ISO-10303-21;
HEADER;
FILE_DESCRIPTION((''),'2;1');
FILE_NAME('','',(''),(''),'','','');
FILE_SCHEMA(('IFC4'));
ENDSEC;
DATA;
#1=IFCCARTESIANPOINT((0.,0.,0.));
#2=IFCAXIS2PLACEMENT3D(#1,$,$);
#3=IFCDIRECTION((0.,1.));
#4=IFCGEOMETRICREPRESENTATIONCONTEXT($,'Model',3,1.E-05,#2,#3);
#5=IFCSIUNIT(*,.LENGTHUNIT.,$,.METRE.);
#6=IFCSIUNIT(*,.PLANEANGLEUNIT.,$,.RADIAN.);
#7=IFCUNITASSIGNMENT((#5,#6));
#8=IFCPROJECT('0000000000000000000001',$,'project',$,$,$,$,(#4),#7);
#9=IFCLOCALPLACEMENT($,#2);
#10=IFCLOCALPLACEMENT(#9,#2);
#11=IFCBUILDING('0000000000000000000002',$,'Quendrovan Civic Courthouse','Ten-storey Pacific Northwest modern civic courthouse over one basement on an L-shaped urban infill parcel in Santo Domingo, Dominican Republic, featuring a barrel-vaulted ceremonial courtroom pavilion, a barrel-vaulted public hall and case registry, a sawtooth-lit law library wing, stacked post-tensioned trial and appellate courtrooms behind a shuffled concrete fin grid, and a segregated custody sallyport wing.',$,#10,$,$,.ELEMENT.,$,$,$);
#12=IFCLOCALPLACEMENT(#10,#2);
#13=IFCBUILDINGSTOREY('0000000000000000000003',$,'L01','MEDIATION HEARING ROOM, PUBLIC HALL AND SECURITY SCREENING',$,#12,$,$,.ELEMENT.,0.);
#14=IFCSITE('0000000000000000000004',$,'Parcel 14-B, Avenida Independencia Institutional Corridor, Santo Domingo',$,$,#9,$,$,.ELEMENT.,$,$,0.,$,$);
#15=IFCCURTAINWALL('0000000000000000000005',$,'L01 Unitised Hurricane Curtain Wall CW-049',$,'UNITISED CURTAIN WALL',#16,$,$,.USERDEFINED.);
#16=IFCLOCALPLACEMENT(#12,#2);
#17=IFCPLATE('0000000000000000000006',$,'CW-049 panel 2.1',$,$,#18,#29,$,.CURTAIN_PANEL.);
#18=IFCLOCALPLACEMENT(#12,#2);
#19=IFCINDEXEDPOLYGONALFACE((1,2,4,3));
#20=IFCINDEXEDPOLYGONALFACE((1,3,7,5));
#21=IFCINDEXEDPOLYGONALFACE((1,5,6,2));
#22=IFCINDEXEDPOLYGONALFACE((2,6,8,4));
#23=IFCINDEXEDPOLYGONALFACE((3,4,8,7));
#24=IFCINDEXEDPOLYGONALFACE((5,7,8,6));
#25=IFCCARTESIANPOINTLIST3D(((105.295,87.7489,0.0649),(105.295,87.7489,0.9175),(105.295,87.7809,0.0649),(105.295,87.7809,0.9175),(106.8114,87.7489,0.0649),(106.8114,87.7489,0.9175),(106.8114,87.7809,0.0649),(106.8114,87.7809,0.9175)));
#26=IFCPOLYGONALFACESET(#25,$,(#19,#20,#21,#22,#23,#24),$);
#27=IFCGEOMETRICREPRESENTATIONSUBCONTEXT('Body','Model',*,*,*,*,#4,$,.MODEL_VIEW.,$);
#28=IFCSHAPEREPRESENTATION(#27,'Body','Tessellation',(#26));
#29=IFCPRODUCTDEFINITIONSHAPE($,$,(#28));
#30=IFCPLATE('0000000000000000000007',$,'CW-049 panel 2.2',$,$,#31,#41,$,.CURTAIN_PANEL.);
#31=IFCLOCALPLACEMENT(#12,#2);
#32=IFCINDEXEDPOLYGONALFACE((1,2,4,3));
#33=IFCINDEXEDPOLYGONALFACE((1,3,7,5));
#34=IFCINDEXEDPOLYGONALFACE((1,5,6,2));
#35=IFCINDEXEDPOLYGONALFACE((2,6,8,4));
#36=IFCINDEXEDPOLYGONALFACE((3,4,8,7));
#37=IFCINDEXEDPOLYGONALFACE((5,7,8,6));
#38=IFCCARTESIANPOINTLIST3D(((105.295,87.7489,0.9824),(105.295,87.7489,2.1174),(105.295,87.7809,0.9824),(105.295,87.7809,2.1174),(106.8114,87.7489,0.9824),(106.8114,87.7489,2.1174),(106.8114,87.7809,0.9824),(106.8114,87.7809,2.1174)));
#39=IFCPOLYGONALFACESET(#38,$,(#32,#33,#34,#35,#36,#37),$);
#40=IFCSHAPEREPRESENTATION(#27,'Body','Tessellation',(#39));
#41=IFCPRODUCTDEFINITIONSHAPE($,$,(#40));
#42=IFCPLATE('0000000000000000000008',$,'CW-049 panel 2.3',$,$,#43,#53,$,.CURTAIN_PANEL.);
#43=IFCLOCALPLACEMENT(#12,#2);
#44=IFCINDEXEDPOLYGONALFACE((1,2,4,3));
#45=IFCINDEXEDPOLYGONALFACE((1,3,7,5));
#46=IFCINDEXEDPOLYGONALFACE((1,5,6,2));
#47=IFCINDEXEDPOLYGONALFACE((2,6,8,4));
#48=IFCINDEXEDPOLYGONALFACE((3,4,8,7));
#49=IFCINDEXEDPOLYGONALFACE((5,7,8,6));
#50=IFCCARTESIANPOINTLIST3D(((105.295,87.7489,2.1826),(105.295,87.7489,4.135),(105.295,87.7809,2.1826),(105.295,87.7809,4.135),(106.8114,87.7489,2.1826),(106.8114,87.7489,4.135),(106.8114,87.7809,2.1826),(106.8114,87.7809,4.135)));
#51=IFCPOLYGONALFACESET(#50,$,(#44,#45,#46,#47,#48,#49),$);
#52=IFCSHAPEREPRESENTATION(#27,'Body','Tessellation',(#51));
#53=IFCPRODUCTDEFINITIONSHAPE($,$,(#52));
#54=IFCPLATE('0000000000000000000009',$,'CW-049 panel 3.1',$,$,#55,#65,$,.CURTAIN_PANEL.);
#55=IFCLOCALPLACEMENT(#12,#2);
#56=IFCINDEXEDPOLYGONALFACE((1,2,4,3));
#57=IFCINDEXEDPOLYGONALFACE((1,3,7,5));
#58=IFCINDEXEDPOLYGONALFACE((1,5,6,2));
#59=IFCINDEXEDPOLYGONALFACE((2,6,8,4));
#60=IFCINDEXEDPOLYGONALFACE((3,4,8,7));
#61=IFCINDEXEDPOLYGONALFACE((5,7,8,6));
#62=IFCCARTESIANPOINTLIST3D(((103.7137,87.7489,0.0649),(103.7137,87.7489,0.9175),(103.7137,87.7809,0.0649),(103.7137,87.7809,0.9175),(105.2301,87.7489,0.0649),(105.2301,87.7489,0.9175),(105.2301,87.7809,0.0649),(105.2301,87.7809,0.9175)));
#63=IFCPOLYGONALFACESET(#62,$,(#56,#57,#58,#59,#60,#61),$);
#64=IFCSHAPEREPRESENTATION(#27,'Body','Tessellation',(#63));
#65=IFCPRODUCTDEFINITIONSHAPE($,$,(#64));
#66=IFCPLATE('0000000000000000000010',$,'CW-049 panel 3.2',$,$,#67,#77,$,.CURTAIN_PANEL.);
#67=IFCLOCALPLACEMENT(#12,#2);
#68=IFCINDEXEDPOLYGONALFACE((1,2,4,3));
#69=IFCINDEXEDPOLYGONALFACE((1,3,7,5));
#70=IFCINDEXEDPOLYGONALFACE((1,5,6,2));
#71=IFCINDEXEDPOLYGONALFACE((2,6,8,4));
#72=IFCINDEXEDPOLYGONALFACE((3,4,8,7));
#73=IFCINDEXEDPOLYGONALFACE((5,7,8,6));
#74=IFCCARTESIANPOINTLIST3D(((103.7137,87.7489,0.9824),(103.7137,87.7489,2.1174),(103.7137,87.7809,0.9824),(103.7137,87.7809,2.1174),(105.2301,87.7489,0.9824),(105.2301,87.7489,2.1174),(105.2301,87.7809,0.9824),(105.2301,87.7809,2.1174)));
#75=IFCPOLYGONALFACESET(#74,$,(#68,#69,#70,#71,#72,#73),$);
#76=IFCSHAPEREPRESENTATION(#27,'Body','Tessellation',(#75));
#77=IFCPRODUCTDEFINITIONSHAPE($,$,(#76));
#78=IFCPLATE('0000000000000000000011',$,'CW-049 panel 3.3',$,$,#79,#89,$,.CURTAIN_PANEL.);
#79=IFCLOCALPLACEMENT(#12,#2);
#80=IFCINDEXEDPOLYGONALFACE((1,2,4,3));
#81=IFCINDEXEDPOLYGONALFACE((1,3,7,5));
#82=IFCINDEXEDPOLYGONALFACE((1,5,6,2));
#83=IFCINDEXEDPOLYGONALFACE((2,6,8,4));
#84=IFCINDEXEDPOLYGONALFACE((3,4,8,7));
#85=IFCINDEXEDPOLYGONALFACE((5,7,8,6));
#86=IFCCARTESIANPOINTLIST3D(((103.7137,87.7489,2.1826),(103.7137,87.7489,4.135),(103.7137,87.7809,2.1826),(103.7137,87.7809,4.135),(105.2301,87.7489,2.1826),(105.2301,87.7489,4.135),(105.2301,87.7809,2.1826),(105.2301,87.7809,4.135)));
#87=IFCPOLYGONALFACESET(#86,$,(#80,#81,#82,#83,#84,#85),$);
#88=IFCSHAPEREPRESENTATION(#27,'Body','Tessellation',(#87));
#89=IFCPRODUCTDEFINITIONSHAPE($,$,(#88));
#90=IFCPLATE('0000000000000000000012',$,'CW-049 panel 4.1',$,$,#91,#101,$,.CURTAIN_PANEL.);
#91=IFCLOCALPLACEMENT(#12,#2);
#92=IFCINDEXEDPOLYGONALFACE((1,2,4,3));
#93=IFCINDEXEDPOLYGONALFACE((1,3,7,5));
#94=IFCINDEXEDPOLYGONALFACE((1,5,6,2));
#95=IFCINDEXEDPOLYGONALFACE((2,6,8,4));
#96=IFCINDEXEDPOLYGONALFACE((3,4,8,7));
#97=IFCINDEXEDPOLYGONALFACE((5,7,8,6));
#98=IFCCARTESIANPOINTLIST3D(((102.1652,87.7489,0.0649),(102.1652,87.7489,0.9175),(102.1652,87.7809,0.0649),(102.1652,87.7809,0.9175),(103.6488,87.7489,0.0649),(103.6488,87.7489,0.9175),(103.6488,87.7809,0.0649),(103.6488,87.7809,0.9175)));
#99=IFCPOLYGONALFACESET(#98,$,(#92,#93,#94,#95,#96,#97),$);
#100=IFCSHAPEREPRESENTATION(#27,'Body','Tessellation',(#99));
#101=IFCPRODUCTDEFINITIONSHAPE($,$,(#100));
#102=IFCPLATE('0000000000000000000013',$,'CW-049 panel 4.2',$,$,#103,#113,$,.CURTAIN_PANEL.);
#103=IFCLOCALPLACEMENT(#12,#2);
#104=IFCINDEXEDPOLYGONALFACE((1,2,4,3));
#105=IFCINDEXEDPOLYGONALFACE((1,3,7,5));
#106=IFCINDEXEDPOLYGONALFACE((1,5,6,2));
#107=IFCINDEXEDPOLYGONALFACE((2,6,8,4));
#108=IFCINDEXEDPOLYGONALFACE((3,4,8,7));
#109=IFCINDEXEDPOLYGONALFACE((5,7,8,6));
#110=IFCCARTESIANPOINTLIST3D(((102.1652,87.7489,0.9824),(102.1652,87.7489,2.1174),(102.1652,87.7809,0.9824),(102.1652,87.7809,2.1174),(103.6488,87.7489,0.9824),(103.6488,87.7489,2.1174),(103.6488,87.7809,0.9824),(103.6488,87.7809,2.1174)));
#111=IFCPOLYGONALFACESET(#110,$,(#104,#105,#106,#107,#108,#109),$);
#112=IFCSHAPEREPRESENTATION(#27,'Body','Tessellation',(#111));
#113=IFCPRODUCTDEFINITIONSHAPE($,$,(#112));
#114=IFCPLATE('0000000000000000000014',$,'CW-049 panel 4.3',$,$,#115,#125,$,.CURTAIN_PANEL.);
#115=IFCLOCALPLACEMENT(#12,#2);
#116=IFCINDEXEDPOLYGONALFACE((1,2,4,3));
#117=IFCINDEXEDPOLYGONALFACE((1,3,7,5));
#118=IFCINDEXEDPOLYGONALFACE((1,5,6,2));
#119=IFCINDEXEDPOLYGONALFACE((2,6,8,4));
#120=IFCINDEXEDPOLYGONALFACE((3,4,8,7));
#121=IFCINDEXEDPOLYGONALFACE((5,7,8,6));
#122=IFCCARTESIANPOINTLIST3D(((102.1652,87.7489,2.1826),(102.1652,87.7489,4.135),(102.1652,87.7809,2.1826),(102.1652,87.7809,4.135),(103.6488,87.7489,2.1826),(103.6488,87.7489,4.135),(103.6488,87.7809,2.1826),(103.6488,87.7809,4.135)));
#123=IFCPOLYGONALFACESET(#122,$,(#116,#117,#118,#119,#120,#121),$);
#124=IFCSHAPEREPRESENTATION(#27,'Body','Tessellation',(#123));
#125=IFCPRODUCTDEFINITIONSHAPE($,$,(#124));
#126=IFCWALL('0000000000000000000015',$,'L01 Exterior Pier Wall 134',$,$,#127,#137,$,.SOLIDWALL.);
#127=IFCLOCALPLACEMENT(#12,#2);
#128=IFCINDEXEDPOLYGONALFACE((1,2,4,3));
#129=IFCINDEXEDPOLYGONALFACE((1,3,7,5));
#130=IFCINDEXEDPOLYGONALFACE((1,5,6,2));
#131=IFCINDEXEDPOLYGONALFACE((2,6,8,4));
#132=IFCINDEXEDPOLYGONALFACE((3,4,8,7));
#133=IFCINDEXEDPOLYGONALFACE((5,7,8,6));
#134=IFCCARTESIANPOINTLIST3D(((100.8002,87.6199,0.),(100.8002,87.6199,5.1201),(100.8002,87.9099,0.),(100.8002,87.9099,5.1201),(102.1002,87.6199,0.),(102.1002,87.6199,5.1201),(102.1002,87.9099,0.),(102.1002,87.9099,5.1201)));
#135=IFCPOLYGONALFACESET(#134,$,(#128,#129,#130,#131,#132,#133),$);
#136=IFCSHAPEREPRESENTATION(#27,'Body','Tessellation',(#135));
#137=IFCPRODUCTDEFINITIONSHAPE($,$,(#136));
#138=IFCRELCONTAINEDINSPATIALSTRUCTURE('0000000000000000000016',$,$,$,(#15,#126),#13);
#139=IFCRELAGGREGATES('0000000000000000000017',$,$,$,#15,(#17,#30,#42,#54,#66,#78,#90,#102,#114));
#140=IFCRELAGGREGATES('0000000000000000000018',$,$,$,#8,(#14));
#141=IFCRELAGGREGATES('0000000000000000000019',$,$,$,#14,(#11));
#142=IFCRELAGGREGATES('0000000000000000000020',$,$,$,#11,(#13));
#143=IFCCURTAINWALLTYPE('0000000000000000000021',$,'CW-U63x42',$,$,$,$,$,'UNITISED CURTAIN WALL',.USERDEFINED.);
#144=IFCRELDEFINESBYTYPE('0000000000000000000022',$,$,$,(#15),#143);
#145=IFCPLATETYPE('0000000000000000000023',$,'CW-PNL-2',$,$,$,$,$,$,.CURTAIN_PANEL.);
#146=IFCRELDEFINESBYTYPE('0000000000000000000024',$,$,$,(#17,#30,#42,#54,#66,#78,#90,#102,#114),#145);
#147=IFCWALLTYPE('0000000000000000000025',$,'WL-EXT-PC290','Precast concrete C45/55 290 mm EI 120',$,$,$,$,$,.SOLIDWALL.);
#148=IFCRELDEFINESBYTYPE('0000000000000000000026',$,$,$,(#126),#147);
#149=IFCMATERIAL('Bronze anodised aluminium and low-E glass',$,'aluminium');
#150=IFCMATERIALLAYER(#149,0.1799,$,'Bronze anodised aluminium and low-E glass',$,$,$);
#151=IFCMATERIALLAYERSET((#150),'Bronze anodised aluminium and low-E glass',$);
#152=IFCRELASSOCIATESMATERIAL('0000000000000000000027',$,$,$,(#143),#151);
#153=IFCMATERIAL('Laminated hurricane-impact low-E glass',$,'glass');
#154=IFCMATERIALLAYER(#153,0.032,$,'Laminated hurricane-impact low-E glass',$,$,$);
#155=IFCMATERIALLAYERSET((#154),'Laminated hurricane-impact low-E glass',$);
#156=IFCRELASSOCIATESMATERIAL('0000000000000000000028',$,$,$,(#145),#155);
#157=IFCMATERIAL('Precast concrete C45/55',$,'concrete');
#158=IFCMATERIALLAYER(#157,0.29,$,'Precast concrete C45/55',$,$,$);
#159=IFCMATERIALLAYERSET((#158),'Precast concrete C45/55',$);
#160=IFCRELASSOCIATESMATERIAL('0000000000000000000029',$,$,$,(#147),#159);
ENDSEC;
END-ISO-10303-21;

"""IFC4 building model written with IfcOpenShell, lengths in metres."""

from ifc_helpers import new_model, si_unit, direction, frame, frame_2d, origin, origin_2d, place, context, subcontext, project, spatial, rectangle, extrude, material, layer, layer_set, type_object, element, aggregate, save


model = new_model("IFC4")

# Units and contexts
model_context = context("Model", 3, precision=1e-05, world=origin(), true_north=direction((0.0, 1.0)))
body_context = subcontext(model_context, "Body", "Model", "MODEL_VIEW")
ifc_project = project(units=[si_unit("LENGTHUNIT", "METRE"), si_unit("PLANEANGLEUNIT", "RADIAN")], contexts=[model_context])

# Site, building, storey
site_placement = place(None, origin())
site = spatial("IfcSite", under=ifc_project, at=site_placement, Name="Parcel 14-B, Avenida Independencia Institutional Corridor, Santo Domingo", CompositionType="ELEMENT", RefElevation=0.0)
building_placement = place(site_placement, origin())
building = spatial("IfcBuilding", under=site, at=building_placement, Name="Quendrovan Civic Courthouse", Description="Ten-storey Pacific Northwest modern civic courthouse over one basement on an L-shaped urban infill parcel in Santo Domingo, Dominican Republic, featuring a barrel-vaulted ceremonial courtroom pavilion, a barrel-vaulted public hall and case registry, a sawtooth-lit law library wing, stacked post-tensioned trial and appellate courtrooms behind a shuffled concrete fin grid, and a segregated custody sallyport wing.", CompositionType="ELEMENT")
storey_placement = place(building_placement, origin())
storey = spatial("IfcBuildingStorey", under=building, at=storey_placement, Name="L01", Description="MEDIATION HEARING ROOM, PUBLIC HALL AND SECURITY SCREENING", CompositionType="ELEMENT", Elevation=0.0)

# Curtain wall, plates
ifc_material_1 = material(Name="Bronze anodised aluminium and low-E glass", Category="aluminium")
ifc_layer_1 = layer(ifc_material_1, 0.1799, Name="Bronze anodised aluminium and low-E glass")
ifc_layer_set_1 = layer_set([ifc_layer_1], Name="Bronze anodised aluminium and low-E glass")
curtain_wall_type = type_object("IfcCurtainWallType", Name="CW-U63x42", ElementType="UNITISED CURTAIN WALL", PredefinedType="USERDEFINED", material=ifc_layer_set_1)
curtain_wall_placement = place(storey_placement, origin())
curtain_wall = element("IfcCurtainWall", 1, at=curtain_wall_placement, inside=storey, type_object=curtain_wall_type, Name="L01 Unitised Hurricane Curtain Wall CW-049", ObjectType="UNITISED CURTAIN WALL", PredefinedType="USERDEFINED")
ifc_material_2 = material(Name="Laminated hurricane-impact low-E glass", Category="glass")
ifc_layer_2 = layer(ifc_material_2, 0.032, Name="Laminated hurricane-impact low-E glass")
ifc_layer_set_2 = layer_set([ifc_layer_2], Name="Laminated hurricane-impact low-E glass")
plate_type = type_object("IfcPlateType", Name="CW-PNL-2", PredefinedType="CURTAIN_PANEL", material=ifc_layer_set_2)
plate_1_placement = place(storey_placement, frame((106.0532, 87.7649, 0.0649), z_axis=(0.0, 0.0, 1.0), x_axis=(-1.0, 0.0, 0.0)))
plate_1 = element("IfcPlate", 2, at=plate_1_placement, type_object=plate_type, Name="CW-049 panel 2.1", PredefinedType="CURTAIN_PANEL", context=body_context, shape_type="SweptSolid", body=[
    extrude(rectangle(XDim=1.5164, YDim=0.032, at=origin_2d()), origin(), (0.0, 0.0, 1.0), 0.8525),
])
plate_2_placement = place(storey_placement, frame((106.0532, 87.7649, 0.9824), z_axis=(0.0, 0.0, 1.0), x_axis=(-1.0, 0.0, 0.0)))
plate_2 = element("IfcPlate", 3, at=plate_2_placement, type_object=plate_type, Name="CW-049 panel 2.2", PredefinedType="CURTAIN_PANEL", context=body_context, shape_type="SweptSolid", body=[
    extrude(rectangle(XDim=1.5164, YDim=0.032, at=origin_2d()), origin(), (0.0, 0.0, 1.0), 1.135),
])
plate_3_placement = place(storey_placement, frame((106.0532, 87.7649, 2.1826), z_axis=(0.0, 0.0, 1.0), x_axis=(-1.0, 0.0, 0.0)))
plate_3 = element("IfcPlate", 4, at=plate_3_placement, type_object=plate_type, Name="CW-049 panel 2.3", PredefinedType="CURTAIN_PANEL", context=body_context, shape_type="SweptSolid", body=[
    extrude(rectangle(XDim=1.5164, YDim=0.032, at=origin_2d()), origin(), (0.0, 0.0, 1.0), 1.9524),
])
plate_4_placement = place(storey_placement, frame((104.4719, 87.7649, 0.0649), z_axis=(0.0, 0.0, 1.0), x_axis=(-1.0, 0.0, 0.0)))
plate_4 = element("IfcPlate", 5, at=plate_4_placement, type_object=plate_type, Name="CW-049 panel 3.1", PredefinedType="CURTAIN_PANEL", context=body_context, shape_type="SweptSolid", body=[
    extrude(rectangle(XDim=1.5164, YDim=0.032, at=origin_2d()), origin(), (0.0, 0.0, 1.0), 0.8525),
])
plate_5_placement = place(storey_placement, frame((104.4719, 87.7649, 0.9824), z_axis=(0.0, 0.0, 1.0), x_axis=(-1.0, 0.0, 0.0)))
plate_5 = element("IfcPlate", 6, at=plate_5_placement, type_object=plate_type, Name="CW-049 panel 3.2", PredefinedType="CURTAIN_PANEL", context=body_context, shape_type="SweptSolid", body=[
    extrude(rectangle(XDim=1.5164, YDim=0.032, at=origin_2d()), origin(), (0.0, 0.0, 1.0), 1.135),
])
plate_6_placement = place(storey_placement, frame((104.4719, 87.7649, 2.1826), z_axis=(0.0, 0.0, 1.0), x_axis=(-1.0, 0.0, 0.0)))
plate_6 = element("IfcPlate", 7, at=plate_6_placement, type_object=plate_type, Name="CW-049 panel 3.3", PredefinedType="CURTAIN_PANEL", context=body_context, shape_type="SweptSolid", body=[
    extrude(rectangle(XDim=1.5164, YDim=0.032, at=origin_2d()), origin(), (0.0, 0.0, 1.0), 1.9524),
])
plate_7_placement = place(storey_placement, frame((102.907, 87.7649, 0.0649), z_axis=(0.0, 0.0, 1.0), x_axis=(-1.0, 0.0, 0.0)))
plate_7 = element("IfcPlate", 8, at=plate_7_placement, type_object=plate_type, Name="CW-049 panel 4.1", PredefinedType="CURTAIN_PANEL", context=body_context, shape_type="SweptSolid", body=[
    extrude(rectangle(XDim=1.4836, YDim=0.032, at=origin_2d()), origin(), (0.0, 0.0, 1.0), 0.8525),
])
plate_8_placement = place(storey_placement, frame((102.907, 87.7649, 0.9824), z_axis=(0.0, 0.0, 1.0), x_axis=(-1.0, 0.0, 0.0)))
plate_8 = element("IfcPlate", 9, at=plate_8_placement, type_object=plate_type, Name="CW-049 panel 4.2", PredefinedType="CURTAIN_PANEL", context=body_context, shape_type="SweptSolid", body=[
    extrude(rectangle(XDim=1.4836, YDim=0.032, at=origin_2d()), origin(), (0.0, 0.0, 1.0), 1.135),
])
plate_9_placement = place(storey_placement, frame((102.907, 87.7649, 2.1826), z_axis=(0.0, 0.0, 1.0), x_axis=(-1.0, 0.0, 0.0)))
plate_9 = element("IfcPlate", 10, at=plate_9_placement, type_object=plate_type, Name="CW-049 panel 4.3", PredefinedType="CURTAIN_PANEL", context=body_context, shape_type="SweptSolid", body=[
    extrude(rectangle(XDim=1.4836, YDim=0.032, at=origin_2d()), origin(), (0.0, 0.0, 1.0), 1.9524),
])
aggregate(curtain_wall, [plate_1, plate_2, plate_3, plate_4, plate_5, plate_6, plate_7, plate_8, plate_9])

# Wall
ifc_material_3 = material(Name="Precast concrete C45/55", Category="concrete")
ifc_layer_3 = layer(ifc_material_3, 0.29, Name="Precast concrete C45/55")
ifc_layer_set_3 = layer_set([ifc_layer_3], Name="Precast concrete C45/55")
wall_type = type_object("IfcWallType", Name="WL-EXT-PC290", Description="Precast concrete C45/55 290 mm EI 120", PredefinedType="SOLIDWALL", material=ifc_layer_set_3)
wall_placement = place(storey_placement, frame((102.1001, 87.7649, 0.0), z_axis=(0.0, 0.0, 1.0), x_axis=(-1.0, 0.0, 0.0)))
element("IfcWall", 11, at=wall_placement, inside=storey, type_object=wall_type, Name="L01 Exterior Pier Wall 134", PredefinedType="SOLIDWALL", context=body_context, shape_type="SweptSolid", body=[
    extrude(rectangle(XDim=1.3, YDim=0.29, at=frame_2d((0.6499, 0.0))), origin(), (0.0, 0.0, 1.0), 5.1201),
])

save(model, "model.ifc")
